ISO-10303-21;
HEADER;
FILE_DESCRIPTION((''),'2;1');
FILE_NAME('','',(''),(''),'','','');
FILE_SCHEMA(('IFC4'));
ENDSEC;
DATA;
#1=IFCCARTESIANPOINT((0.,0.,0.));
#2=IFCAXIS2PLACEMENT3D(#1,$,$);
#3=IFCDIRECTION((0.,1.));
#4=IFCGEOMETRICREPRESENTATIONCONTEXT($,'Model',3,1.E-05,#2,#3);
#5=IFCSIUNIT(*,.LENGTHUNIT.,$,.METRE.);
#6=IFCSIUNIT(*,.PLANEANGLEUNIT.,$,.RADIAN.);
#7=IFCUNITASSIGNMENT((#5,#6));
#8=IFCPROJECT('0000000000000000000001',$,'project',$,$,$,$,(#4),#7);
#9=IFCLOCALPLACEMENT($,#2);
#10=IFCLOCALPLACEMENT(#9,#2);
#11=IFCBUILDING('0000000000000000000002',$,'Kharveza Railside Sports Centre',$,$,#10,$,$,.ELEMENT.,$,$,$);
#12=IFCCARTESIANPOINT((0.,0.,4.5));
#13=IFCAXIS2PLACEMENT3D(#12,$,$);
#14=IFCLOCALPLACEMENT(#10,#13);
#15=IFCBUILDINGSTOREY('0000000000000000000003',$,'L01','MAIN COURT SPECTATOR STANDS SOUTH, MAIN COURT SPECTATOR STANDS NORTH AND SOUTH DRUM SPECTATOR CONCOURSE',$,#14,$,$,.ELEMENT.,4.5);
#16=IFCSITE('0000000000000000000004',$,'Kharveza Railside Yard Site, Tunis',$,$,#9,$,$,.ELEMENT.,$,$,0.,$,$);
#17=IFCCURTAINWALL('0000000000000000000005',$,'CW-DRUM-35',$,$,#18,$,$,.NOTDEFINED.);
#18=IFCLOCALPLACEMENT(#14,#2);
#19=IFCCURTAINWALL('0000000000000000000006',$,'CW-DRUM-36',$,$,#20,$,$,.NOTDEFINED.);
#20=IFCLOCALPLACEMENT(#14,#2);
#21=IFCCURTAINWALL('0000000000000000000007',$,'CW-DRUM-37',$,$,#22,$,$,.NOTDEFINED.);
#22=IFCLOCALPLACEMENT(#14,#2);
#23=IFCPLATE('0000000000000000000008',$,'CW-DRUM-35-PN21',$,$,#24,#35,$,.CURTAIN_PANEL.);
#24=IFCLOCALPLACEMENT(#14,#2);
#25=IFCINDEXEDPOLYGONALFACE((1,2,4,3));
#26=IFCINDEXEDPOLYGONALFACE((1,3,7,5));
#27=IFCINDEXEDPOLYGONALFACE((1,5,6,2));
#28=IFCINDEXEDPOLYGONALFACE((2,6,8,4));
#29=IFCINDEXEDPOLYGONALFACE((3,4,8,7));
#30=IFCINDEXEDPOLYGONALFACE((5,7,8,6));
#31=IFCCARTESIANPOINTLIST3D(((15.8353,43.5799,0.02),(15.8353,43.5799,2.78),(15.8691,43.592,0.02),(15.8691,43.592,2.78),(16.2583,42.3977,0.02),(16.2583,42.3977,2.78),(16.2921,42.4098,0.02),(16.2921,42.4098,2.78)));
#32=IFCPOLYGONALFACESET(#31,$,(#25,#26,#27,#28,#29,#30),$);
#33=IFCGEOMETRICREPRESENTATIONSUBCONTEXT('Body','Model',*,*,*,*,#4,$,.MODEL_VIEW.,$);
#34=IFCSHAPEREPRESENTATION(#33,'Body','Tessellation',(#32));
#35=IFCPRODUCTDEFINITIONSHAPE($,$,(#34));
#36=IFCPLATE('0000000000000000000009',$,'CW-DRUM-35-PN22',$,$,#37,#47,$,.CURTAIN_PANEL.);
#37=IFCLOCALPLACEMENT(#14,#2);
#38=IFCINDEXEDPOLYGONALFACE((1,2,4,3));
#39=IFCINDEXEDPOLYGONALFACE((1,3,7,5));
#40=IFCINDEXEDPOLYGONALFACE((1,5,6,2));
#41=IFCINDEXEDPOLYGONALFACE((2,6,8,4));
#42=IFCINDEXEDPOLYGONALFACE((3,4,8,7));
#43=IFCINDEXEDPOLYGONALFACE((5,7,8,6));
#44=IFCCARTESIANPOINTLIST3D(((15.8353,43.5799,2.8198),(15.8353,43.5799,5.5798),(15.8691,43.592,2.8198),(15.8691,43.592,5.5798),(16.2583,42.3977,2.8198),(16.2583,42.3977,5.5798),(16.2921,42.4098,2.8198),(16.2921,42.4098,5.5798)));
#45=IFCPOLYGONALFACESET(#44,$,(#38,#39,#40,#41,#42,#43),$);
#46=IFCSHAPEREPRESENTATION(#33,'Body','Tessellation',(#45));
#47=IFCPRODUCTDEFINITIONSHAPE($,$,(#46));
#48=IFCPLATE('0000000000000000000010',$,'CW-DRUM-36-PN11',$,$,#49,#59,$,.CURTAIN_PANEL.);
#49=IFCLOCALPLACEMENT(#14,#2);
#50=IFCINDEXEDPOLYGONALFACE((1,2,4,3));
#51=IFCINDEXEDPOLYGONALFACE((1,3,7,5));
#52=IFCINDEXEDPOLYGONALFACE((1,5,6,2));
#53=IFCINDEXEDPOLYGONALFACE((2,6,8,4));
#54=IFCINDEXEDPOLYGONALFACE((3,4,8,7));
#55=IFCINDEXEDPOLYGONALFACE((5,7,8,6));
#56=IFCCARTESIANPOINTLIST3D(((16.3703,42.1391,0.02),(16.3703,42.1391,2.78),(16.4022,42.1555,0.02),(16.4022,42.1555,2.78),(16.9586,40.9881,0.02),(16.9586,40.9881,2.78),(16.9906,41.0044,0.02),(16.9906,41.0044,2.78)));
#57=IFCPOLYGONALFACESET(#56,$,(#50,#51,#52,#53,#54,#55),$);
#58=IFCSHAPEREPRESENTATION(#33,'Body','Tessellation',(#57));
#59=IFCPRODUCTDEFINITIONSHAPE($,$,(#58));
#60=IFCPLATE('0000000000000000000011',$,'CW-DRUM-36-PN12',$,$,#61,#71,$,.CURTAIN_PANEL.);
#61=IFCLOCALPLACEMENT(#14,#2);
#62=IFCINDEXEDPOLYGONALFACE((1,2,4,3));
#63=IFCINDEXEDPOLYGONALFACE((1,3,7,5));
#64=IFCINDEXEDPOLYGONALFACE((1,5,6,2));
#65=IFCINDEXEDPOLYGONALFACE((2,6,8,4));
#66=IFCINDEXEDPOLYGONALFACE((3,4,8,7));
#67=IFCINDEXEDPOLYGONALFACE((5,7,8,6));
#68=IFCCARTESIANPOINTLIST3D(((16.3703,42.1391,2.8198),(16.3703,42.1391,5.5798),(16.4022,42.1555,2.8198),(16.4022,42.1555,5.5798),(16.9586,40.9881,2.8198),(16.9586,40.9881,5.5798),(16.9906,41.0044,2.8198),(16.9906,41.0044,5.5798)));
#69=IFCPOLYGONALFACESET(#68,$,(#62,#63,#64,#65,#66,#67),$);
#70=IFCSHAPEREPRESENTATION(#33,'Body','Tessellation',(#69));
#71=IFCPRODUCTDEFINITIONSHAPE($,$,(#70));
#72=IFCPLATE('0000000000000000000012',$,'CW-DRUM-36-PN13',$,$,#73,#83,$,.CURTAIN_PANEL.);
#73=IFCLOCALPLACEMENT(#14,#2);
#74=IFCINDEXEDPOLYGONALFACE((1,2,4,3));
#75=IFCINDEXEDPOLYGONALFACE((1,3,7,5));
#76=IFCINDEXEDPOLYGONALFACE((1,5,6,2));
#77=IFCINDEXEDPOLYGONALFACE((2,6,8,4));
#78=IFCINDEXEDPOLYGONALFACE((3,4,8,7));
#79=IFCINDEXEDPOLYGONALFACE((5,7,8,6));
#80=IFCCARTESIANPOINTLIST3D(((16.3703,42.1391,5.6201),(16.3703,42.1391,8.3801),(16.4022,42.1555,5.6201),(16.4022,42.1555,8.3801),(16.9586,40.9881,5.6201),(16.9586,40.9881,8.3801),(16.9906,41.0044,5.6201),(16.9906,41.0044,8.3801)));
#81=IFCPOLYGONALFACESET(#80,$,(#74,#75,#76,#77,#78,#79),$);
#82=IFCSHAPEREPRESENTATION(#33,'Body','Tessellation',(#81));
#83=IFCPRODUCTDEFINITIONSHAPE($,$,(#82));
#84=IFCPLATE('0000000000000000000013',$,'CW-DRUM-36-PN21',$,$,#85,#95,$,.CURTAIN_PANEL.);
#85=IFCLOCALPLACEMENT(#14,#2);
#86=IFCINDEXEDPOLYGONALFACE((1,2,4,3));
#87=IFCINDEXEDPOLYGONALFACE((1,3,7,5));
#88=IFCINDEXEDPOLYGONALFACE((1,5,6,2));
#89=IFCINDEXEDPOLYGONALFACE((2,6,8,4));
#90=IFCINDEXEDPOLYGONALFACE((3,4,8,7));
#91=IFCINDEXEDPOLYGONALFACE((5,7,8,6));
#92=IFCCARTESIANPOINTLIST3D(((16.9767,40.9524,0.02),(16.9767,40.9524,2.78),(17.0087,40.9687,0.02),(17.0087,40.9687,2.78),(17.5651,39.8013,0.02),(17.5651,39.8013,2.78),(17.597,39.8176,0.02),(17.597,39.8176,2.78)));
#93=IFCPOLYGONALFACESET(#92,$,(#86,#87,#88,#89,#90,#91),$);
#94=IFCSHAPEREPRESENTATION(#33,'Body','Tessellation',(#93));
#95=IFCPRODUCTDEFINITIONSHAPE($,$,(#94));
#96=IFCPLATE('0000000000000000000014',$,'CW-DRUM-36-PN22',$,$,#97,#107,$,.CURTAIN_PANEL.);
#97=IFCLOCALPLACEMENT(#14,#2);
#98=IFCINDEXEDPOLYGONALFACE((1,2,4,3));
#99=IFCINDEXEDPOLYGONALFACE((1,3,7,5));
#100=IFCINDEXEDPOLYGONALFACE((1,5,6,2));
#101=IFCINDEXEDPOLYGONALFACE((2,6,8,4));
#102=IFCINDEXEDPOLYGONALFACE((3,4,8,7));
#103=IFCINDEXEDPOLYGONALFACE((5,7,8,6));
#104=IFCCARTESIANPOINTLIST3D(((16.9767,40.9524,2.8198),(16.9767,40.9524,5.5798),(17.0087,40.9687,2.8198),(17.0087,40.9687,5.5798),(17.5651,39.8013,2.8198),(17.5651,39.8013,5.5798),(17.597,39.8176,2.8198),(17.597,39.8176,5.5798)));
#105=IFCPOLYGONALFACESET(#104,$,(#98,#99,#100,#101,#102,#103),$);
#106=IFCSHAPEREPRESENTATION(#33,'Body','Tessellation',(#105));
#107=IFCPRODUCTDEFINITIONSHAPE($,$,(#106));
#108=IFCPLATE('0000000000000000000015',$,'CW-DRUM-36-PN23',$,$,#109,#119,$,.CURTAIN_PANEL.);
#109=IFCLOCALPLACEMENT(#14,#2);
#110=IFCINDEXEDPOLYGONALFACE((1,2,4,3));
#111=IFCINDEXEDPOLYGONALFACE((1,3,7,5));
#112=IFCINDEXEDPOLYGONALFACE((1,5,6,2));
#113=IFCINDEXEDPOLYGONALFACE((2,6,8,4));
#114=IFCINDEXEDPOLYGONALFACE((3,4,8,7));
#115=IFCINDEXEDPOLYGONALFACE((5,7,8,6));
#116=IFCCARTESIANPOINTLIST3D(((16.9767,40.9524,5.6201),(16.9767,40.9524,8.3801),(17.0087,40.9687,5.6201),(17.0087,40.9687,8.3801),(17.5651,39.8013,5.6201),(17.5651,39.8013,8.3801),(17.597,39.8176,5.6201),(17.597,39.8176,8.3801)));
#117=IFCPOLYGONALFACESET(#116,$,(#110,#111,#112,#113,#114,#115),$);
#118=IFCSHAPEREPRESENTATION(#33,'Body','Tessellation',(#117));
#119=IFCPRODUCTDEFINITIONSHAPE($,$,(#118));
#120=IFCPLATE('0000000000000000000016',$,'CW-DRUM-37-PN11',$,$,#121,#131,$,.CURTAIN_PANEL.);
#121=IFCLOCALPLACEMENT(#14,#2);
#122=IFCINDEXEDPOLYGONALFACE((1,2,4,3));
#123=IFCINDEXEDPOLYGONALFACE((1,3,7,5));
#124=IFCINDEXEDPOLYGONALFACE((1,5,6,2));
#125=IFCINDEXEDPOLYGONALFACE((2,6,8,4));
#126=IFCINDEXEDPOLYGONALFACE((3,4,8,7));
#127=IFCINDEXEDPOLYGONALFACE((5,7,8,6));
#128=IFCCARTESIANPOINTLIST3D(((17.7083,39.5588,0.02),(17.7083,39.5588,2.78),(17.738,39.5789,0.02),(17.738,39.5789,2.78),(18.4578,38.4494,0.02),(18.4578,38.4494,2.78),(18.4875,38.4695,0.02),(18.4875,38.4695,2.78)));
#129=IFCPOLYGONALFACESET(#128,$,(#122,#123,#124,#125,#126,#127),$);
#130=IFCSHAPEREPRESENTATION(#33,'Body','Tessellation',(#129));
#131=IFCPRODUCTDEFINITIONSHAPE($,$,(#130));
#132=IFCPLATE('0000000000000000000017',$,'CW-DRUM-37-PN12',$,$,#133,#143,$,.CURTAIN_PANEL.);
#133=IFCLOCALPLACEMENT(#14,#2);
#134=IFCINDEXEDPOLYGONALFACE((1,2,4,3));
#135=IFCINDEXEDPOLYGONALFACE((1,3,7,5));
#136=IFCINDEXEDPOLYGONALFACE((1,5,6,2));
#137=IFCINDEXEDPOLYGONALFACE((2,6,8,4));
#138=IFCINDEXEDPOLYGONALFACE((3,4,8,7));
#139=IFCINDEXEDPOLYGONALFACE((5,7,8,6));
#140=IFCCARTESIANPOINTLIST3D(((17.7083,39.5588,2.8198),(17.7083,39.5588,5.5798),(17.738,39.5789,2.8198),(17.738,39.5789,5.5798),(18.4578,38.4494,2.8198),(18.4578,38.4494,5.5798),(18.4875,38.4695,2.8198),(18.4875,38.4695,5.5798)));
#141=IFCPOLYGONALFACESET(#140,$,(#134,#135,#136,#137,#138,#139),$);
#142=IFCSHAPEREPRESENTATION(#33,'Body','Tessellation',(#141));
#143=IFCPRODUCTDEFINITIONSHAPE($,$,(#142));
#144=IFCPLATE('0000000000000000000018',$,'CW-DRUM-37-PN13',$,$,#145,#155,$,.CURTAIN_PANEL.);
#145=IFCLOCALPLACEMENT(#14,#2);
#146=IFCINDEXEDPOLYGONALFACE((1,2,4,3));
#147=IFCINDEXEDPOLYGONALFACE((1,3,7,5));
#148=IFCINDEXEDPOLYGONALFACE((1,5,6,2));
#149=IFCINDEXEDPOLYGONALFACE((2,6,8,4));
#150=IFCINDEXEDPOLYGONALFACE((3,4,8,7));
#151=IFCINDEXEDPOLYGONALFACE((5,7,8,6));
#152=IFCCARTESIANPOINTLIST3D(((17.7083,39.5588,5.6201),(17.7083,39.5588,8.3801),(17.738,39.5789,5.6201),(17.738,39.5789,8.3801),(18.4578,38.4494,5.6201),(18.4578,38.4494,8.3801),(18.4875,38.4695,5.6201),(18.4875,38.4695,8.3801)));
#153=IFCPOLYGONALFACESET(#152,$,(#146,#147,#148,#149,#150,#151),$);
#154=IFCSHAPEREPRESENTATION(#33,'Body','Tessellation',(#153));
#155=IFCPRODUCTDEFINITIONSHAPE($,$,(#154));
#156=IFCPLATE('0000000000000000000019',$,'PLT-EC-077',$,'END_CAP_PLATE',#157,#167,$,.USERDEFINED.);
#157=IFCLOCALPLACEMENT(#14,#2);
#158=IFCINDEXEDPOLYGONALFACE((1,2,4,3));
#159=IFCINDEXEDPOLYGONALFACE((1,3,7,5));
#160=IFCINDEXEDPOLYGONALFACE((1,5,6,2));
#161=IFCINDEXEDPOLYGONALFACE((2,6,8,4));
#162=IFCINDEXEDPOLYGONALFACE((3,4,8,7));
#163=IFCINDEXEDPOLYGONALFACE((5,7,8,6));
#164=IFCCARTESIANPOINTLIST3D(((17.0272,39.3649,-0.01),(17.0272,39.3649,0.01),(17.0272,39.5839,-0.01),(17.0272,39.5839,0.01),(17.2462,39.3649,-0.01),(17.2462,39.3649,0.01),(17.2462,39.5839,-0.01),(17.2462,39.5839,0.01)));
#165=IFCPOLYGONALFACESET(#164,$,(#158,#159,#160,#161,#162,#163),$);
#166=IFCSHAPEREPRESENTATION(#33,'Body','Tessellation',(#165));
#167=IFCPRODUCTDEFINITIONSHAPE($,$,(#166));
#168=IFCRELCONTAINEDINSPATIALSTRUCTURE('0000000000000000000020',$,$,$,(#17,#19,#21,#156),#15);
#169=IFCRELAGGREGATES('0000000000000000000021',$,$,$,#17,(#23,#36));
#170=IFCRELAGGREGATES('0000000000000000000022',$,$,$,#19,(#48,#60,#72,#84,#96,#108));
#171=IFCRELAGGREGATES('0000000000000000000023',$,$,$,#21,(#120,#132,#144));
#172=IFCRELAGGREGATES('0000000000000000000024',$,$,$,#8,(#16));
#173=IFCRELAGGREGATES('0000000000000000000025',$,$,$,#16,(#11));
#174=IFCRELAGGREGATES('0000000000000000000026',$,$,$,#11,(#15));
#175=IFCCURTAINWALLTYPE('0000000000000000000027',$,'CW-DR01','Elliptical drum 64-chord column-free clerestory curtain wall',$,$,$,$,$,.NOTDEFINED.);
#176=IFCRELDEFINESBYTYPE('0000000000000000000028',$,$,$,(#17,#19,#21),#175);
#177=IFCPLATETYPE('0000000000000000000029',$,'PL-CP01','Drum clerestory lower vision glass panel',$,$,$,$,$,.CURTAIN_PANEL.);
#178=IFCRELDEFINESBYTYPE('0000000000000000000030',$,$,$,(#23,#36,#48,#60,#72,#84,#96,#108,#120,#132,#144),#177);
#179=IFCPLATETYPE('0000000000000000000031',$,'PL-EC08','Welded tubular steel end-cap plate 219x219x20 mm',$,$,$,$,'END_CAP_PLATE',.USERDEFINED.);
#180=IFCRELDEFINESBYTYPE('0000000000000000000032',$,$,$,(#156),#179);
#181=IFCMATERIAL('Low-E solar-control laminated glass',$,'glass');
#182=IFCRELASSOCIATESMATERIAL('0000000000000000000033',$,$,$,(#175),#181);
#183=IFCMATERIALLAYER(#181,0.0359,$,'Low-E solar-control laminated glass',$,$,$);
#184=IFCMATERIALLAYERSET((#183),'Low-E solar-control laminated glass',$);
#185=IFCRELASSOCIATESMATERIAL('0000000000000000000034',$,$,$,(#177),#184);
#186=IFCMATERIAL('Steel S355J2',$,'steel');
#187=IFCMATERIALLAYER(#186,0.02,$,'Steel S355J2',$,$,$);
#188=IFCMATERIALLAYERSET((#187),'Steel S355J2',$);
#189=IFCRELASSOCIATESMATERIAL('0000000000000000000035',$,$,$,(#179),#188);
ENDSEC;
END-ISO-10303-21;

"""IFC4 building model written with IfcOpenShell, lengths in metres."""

from ifc_helpers import new_model, si_unit, direction, frame, origin, origin_2d, place, context, subcontext, project, spatial, rectangle, extrude, material, layer, layer_set, type_object, element, aggregate, save


model = new_model("IFC4")

# Units and contexts
model_context = context("Model", 3, precision=1e-05, world=origin(), true_north=direction((0.0, 1.0)))
body_context = subcontext(model_context, "Body", "Model", "MODEL_VIEW")
ifc_project = project(units=[si_unit("LENGTHUNIT", "METRE"), si_unit("PLANEANGLEUNIT", "RADIAN")], contexts=[model_context])

# Site, building, storey
site_placement = place(None, origin())
site = spatial("IfcSite", under=ifc_project, at=site_placement, Name="Kharveza Railside Yard Site, Tunis", CompositionType="ELEMENT", RefElevation=0.0)
building_placement = place(site_placement, origin())
building = spatial("IfcBuilding", under=site, at=building_placement, Name="Kharveza Railside Sports Centre", CompositionType="ELEMENT")
storey_placement = place(building_placement, frame((0.0, 0.0, 4.5)))
storey = spatial("IfcBuildingStorey", under=building, at=storey_placement, Name="L01", Description="MAIN COURT SPECTATOR STANDS SOUTH, MAIN COURT SPECTATOR STANDS NORTH AND SOUTH DRUM SPECTATOR CONCOURSE", CompositionType="ELEMENT", Elevation=4.5)

# Curtain wall
ifc_material_1 = material(Name="Low-E solar-control laminated glass", Category="glass")
curtain_wall_type = type_object("IfcCurtainWallType", Name="CW-DR01", Description="Elliptical drum 64-chord column-free clerestory curtain wall", PredefinedType="NOTDEFINED", material=ifc_material_1)
curtain_wall_1_placement = place(storey_placement, origin())
curtain_wall_1 = element("IfcCurtainWall", 1, at=curtain_wall_1_placement, inside=storey, type_object=curtain_wall_type, Name="CW-DRUM-35", PredefinedType="NOTDEFINED")

# Curtain walls
curtain_wall_2_placement = place(storey_placement, origin())
curtain_wall_2 = element("IfcCurtainWall", 2, at=curtain_wall_2_placement, inside=storey, type_object=curtain_wall_type, Name="CW-DRUM-36", PredefinedType="NOTDEFINED")
curtain_wall_3_placement = place(storey_placement, origin())
curtain_wall_3 = element("IfcCurtainWall", 3, at=curtain_wall_3_placement, inside=storey, type_object=curtain_wall_type, Name="CW-DRUM-37", PredefinedType="NOTDEFINED")

# Shared definitions
ifc_material_2 = material(Name="Steel S355J2", Category="steel")

# Plates
ifc_layer_1 = layer(ifc_material_1, 0.0359, Name="Low-E solar-control laminated glass")
ifc_layer_set_1 = layer_set([ifc_layer_1], Name="Low-E solar-control laminated glass")
plate_type_1 = type_object("IfcPlateType", Name="PL-CP01", Description="Drum clerestory lower vision glass panel", PredefinedType="CURTAIN_PANEL", material=ifc_layer_set_1)
plate_1_placement = place(storey_placement, frame((16.0637, 42.9949, 0.02), z_axis=(0.0, 0.0, 1.0), x_axis=(0.336915, -0.941535, 0.0)))
plate_1 = element("IfcPlate", 4, at=plate_1_placement, type_object=plate_type_1, Name="CW-DRUM-35-PN21", PredefinedType="CURTAIN_PANEL", context=body_context, shape_type="SweptSolid", body=[
    extrude(rectangle(XDim=1.2556, YDim=0.0359, at=origin_2d()), origin(), (0.0, 0.0, 1.0), 2.76),
])
plate_2_placement = place(storey_placement, frame((16.0637, 42.9949, 2.8198), z_axis=(0.0, 0.0, 1.0), x_axis=(0.336915, -0.941535, 0.0)))
plate_2 = element("IfcPlate", 5, at=plate_2_placement, type_object=plate_type_1, Name="CW-DRUM-35-PN22", PredefinedType="CURTAIN_PANEL", context=body_context, shape_type="SweptSolid", body=[
    extrude(rectangle(XDim=1.2556, YDim=0.0359, at=origin_2d()), origin(), (0.0, 0.0, 1.0), 2.76),
])
aggregate(curtain_wall_1, [plate_1, plate_2])
plate_3_placement = place(storey_placement, frame((16.6804, 41.5718, 0.02), z_axis=(0.0, 0.0, 1.0), x_axis=(0.455141, -0.890419, 0.0)))
plate_3 = element("IfcPlate", 6, at=plate_3_placement, type_object=plate_type_1, Name="CW-DRUM-36-PN11", PredefinedType="CURTAIN_PANEL", context=body_context, shape_type="SweptSolid", body=[
    extrude(rectangle(XDim=1.2927, YDim=0.0359, at=origin_2d()), origin(), (0.0, 0.0, 1.0), 2.76),
])
plate_4_placement = place(storey_placement, frame((16.6804, 41.5718, 2.8198), z_axis=(0.0, 0.0, 1.0), x_axis=(0.455141, -0.890419, 0.0)))
plate_4 = element("IfcPlate", 7, at=plate_4_placement, type_object=plate_type_1, Name="CW-DRUM-36-PN12", PredefinedType="CURTAIN_PANEL", context=body_context, shape_type="SweptSolid", body=[
    extrude(rectangle(XDim=1.2927, YDim=0.0359, at=origin_2d()), origin(), (0.0, 0.0, 1.0), 2.76),
])
plate_5_placement = place(storey_placement, frame((16.6804, 41.5718, 5.6201), z_axis=(0.0, 0.0, 1.0), x_axis=(0.455141, -0.890419, 0.0)))
plate_5 = element("IfcPlate", 8, at=plate_5_placement, type_object=plate_type_1, Name="CW-DRUM-36-PN13", PredefinedType="CURTAIN_PANEL", context=body_context, shape_type="SweptSolid", body=[
    extrude(rectangle(XDim=1.2927, YDim=0.0359, at=origin_2d()), origin(), (0.0, 0.0, 1.0), 2.76),
])
plate_6_placement = place(storey_placement, frame((17.2869, 40.385, 0.02), z_axis=(0.0, 0.0, 1.0), x_axis=(0.455141, -0.890419, 0.0)))
plate_6 = element("IfcPlate", 9, at=plate_6_placement, type_object=plate_type_1, Name="CW-DRUM-36-PN21", PredefinedType="CURTAIN_PANEL", context=body_context, shape_type="SweptSolid", body=[
    extrude(rectangle(XDim=1.2927, YDim=0.0359, at=origin_2d()), origin(), (0.0, 0.0, 1.0), 2.76),
])
plate_7_placement = place(storey_placement, frame((17.2869, 40.385, 2.8198), z_axis=(0.0, 0.0, 1.0), x_axis=(0.455141, -0.890419, 0.0)))
plate_7 = element("IfcPlate", 10, at=plate_7_placement, type_object=plate_type_1, Name="CW-DRUM-36-PN22", PredefinedType="CURTAIN_PANEL", context=body_context, shape_type="SweptSolid", body=[
    extrude(rectangle(XDim=1.2927, YDim=0.0359, at=origin_2d()), origin(), (0.0, 0.0, 1.0), 2.76),
])
plate_8_placement = place(storey_placement, frame((17.2869, 40.385, 5.6201), z_axis=(0.0, 0.0, 1.0), x_axis=(0.455141, -0.890419, 0.0)))
plate_8 = element("IfcPlate", 11, at=plate_8_placement, type_object=plate_type_1, Name="CW-DRUM-36-PN23", PredefinedType="CURTAIN_PANEL", context=body_context, shape_type="SweptSolid", body=[
    extrude(rectangle(XDim=1.2927, YDim=0.0359, at=origin_2d()), origin(), (0.0, 0.0, 1.0), 2.76),
])
aggregate(curtain_wall_2, [plate_3, plate_4, plate_5, plate_6, plate_7, plate_8])
plate_9_placement = place(storey_placement, frame((18.0979, 39.0142, 0.02), z_axis=(0.0, 0.0, 1.0), x_axis=(0.559844, -0.828598, 0.0)))
plate_9 = element("IfcPlate", 12, at=plate_9_placement, type_object=plate_type_1, Name="CW-DRUM-37-PN11", PredefinedType="CURTAIN_PANEL", context=body_context, shape_type="SweptSolid", body=[
    extrude(rectangle(XDim=1.3389, YDim=0.0359, at=origin_2d()), origin(), (0.0, 0.0, 1.0), 2.76),
])
plate_10_placement = place(storey_placement, frame((18.0979, 39.0142, 2.8198), z_axis=(0.0, 0.0, 1.0), x_axis=(0.559844, -0.828598, 0.0)))
plate_10 = element("IfcPlate", 13, at=plate_10_placement, type_object=plate_type_1, Name="CW-DRUM-37-PN12", PredefinedType="CURTAIN_PANEL", context=body_context, shape_type="SweptSolid", body=[
    extrude(rectangle(XDim=1.3389, YDim=0.0359, at=origin_2d()), origin(), (0.0, 0.0, 1.0), 2.76),
])
plate_11_placement = place(storey_placement, frame((18.0979, 39.0142, 5.6201), z_axis=(0.0, 0.0, 1.0), x_axis=(0.559844, -0.828598, 0.0)))
plate_11 = element("IfcPlate", 14, at=plate_11_placement, type_object=plate_type_1, Name="CW-DRUM-37-PN13", PredefinedType="CURTAIN_PANEL", context=body_context, shape_type="SweptSolid", body=[
    extrude(rectangle(XDim=1.3389, YDim=0.0359, at=origin_2d()), origin(), (0.0, 0.0, 1.0), 2.76),
])
aggregate(curtain_wall_3, [plate_9, plate_10, plate_11])
ifc_layer_2 = layer(ifc_material_2, 0.02, Name="Steel S355J2")
ifc_layer_set_2 = layer_set([ifc_layer_2], Name="Steel S355J2")
plate_type_2 = type_object("IfcPlateType", Name="PL-EC08", Description="Welded tubular steel end-cap plate 219x219x20 mm", ElementType="END_CAP_PLATE", PredefinedType="USERDEFINED", material=ifc_layer_set_2)
plate_12_placement = place(storey_placement, frame((17.1367, 39.4744, -0.01), z_axis=(0.0, 0.0, 1.0), x_axis=(1.0, 0.0, 0.0)))
element("IfcPlate", 15, at=plate_12_placement, inside=storey, type_object=plate_type_2, Name="PLT-EC-077", ObjectType="END_CAP_PLATE", PredefinedType="USERDEFINED", context=body_context, shape_type="SweptSolid", body=[
    extrude(rectangle(XDim=0.219, YDim=0.219, at=origin_2d()), origin(), (0.0, 0.0, 1.0), 0.02),
])

save(model, "model.ifc")
